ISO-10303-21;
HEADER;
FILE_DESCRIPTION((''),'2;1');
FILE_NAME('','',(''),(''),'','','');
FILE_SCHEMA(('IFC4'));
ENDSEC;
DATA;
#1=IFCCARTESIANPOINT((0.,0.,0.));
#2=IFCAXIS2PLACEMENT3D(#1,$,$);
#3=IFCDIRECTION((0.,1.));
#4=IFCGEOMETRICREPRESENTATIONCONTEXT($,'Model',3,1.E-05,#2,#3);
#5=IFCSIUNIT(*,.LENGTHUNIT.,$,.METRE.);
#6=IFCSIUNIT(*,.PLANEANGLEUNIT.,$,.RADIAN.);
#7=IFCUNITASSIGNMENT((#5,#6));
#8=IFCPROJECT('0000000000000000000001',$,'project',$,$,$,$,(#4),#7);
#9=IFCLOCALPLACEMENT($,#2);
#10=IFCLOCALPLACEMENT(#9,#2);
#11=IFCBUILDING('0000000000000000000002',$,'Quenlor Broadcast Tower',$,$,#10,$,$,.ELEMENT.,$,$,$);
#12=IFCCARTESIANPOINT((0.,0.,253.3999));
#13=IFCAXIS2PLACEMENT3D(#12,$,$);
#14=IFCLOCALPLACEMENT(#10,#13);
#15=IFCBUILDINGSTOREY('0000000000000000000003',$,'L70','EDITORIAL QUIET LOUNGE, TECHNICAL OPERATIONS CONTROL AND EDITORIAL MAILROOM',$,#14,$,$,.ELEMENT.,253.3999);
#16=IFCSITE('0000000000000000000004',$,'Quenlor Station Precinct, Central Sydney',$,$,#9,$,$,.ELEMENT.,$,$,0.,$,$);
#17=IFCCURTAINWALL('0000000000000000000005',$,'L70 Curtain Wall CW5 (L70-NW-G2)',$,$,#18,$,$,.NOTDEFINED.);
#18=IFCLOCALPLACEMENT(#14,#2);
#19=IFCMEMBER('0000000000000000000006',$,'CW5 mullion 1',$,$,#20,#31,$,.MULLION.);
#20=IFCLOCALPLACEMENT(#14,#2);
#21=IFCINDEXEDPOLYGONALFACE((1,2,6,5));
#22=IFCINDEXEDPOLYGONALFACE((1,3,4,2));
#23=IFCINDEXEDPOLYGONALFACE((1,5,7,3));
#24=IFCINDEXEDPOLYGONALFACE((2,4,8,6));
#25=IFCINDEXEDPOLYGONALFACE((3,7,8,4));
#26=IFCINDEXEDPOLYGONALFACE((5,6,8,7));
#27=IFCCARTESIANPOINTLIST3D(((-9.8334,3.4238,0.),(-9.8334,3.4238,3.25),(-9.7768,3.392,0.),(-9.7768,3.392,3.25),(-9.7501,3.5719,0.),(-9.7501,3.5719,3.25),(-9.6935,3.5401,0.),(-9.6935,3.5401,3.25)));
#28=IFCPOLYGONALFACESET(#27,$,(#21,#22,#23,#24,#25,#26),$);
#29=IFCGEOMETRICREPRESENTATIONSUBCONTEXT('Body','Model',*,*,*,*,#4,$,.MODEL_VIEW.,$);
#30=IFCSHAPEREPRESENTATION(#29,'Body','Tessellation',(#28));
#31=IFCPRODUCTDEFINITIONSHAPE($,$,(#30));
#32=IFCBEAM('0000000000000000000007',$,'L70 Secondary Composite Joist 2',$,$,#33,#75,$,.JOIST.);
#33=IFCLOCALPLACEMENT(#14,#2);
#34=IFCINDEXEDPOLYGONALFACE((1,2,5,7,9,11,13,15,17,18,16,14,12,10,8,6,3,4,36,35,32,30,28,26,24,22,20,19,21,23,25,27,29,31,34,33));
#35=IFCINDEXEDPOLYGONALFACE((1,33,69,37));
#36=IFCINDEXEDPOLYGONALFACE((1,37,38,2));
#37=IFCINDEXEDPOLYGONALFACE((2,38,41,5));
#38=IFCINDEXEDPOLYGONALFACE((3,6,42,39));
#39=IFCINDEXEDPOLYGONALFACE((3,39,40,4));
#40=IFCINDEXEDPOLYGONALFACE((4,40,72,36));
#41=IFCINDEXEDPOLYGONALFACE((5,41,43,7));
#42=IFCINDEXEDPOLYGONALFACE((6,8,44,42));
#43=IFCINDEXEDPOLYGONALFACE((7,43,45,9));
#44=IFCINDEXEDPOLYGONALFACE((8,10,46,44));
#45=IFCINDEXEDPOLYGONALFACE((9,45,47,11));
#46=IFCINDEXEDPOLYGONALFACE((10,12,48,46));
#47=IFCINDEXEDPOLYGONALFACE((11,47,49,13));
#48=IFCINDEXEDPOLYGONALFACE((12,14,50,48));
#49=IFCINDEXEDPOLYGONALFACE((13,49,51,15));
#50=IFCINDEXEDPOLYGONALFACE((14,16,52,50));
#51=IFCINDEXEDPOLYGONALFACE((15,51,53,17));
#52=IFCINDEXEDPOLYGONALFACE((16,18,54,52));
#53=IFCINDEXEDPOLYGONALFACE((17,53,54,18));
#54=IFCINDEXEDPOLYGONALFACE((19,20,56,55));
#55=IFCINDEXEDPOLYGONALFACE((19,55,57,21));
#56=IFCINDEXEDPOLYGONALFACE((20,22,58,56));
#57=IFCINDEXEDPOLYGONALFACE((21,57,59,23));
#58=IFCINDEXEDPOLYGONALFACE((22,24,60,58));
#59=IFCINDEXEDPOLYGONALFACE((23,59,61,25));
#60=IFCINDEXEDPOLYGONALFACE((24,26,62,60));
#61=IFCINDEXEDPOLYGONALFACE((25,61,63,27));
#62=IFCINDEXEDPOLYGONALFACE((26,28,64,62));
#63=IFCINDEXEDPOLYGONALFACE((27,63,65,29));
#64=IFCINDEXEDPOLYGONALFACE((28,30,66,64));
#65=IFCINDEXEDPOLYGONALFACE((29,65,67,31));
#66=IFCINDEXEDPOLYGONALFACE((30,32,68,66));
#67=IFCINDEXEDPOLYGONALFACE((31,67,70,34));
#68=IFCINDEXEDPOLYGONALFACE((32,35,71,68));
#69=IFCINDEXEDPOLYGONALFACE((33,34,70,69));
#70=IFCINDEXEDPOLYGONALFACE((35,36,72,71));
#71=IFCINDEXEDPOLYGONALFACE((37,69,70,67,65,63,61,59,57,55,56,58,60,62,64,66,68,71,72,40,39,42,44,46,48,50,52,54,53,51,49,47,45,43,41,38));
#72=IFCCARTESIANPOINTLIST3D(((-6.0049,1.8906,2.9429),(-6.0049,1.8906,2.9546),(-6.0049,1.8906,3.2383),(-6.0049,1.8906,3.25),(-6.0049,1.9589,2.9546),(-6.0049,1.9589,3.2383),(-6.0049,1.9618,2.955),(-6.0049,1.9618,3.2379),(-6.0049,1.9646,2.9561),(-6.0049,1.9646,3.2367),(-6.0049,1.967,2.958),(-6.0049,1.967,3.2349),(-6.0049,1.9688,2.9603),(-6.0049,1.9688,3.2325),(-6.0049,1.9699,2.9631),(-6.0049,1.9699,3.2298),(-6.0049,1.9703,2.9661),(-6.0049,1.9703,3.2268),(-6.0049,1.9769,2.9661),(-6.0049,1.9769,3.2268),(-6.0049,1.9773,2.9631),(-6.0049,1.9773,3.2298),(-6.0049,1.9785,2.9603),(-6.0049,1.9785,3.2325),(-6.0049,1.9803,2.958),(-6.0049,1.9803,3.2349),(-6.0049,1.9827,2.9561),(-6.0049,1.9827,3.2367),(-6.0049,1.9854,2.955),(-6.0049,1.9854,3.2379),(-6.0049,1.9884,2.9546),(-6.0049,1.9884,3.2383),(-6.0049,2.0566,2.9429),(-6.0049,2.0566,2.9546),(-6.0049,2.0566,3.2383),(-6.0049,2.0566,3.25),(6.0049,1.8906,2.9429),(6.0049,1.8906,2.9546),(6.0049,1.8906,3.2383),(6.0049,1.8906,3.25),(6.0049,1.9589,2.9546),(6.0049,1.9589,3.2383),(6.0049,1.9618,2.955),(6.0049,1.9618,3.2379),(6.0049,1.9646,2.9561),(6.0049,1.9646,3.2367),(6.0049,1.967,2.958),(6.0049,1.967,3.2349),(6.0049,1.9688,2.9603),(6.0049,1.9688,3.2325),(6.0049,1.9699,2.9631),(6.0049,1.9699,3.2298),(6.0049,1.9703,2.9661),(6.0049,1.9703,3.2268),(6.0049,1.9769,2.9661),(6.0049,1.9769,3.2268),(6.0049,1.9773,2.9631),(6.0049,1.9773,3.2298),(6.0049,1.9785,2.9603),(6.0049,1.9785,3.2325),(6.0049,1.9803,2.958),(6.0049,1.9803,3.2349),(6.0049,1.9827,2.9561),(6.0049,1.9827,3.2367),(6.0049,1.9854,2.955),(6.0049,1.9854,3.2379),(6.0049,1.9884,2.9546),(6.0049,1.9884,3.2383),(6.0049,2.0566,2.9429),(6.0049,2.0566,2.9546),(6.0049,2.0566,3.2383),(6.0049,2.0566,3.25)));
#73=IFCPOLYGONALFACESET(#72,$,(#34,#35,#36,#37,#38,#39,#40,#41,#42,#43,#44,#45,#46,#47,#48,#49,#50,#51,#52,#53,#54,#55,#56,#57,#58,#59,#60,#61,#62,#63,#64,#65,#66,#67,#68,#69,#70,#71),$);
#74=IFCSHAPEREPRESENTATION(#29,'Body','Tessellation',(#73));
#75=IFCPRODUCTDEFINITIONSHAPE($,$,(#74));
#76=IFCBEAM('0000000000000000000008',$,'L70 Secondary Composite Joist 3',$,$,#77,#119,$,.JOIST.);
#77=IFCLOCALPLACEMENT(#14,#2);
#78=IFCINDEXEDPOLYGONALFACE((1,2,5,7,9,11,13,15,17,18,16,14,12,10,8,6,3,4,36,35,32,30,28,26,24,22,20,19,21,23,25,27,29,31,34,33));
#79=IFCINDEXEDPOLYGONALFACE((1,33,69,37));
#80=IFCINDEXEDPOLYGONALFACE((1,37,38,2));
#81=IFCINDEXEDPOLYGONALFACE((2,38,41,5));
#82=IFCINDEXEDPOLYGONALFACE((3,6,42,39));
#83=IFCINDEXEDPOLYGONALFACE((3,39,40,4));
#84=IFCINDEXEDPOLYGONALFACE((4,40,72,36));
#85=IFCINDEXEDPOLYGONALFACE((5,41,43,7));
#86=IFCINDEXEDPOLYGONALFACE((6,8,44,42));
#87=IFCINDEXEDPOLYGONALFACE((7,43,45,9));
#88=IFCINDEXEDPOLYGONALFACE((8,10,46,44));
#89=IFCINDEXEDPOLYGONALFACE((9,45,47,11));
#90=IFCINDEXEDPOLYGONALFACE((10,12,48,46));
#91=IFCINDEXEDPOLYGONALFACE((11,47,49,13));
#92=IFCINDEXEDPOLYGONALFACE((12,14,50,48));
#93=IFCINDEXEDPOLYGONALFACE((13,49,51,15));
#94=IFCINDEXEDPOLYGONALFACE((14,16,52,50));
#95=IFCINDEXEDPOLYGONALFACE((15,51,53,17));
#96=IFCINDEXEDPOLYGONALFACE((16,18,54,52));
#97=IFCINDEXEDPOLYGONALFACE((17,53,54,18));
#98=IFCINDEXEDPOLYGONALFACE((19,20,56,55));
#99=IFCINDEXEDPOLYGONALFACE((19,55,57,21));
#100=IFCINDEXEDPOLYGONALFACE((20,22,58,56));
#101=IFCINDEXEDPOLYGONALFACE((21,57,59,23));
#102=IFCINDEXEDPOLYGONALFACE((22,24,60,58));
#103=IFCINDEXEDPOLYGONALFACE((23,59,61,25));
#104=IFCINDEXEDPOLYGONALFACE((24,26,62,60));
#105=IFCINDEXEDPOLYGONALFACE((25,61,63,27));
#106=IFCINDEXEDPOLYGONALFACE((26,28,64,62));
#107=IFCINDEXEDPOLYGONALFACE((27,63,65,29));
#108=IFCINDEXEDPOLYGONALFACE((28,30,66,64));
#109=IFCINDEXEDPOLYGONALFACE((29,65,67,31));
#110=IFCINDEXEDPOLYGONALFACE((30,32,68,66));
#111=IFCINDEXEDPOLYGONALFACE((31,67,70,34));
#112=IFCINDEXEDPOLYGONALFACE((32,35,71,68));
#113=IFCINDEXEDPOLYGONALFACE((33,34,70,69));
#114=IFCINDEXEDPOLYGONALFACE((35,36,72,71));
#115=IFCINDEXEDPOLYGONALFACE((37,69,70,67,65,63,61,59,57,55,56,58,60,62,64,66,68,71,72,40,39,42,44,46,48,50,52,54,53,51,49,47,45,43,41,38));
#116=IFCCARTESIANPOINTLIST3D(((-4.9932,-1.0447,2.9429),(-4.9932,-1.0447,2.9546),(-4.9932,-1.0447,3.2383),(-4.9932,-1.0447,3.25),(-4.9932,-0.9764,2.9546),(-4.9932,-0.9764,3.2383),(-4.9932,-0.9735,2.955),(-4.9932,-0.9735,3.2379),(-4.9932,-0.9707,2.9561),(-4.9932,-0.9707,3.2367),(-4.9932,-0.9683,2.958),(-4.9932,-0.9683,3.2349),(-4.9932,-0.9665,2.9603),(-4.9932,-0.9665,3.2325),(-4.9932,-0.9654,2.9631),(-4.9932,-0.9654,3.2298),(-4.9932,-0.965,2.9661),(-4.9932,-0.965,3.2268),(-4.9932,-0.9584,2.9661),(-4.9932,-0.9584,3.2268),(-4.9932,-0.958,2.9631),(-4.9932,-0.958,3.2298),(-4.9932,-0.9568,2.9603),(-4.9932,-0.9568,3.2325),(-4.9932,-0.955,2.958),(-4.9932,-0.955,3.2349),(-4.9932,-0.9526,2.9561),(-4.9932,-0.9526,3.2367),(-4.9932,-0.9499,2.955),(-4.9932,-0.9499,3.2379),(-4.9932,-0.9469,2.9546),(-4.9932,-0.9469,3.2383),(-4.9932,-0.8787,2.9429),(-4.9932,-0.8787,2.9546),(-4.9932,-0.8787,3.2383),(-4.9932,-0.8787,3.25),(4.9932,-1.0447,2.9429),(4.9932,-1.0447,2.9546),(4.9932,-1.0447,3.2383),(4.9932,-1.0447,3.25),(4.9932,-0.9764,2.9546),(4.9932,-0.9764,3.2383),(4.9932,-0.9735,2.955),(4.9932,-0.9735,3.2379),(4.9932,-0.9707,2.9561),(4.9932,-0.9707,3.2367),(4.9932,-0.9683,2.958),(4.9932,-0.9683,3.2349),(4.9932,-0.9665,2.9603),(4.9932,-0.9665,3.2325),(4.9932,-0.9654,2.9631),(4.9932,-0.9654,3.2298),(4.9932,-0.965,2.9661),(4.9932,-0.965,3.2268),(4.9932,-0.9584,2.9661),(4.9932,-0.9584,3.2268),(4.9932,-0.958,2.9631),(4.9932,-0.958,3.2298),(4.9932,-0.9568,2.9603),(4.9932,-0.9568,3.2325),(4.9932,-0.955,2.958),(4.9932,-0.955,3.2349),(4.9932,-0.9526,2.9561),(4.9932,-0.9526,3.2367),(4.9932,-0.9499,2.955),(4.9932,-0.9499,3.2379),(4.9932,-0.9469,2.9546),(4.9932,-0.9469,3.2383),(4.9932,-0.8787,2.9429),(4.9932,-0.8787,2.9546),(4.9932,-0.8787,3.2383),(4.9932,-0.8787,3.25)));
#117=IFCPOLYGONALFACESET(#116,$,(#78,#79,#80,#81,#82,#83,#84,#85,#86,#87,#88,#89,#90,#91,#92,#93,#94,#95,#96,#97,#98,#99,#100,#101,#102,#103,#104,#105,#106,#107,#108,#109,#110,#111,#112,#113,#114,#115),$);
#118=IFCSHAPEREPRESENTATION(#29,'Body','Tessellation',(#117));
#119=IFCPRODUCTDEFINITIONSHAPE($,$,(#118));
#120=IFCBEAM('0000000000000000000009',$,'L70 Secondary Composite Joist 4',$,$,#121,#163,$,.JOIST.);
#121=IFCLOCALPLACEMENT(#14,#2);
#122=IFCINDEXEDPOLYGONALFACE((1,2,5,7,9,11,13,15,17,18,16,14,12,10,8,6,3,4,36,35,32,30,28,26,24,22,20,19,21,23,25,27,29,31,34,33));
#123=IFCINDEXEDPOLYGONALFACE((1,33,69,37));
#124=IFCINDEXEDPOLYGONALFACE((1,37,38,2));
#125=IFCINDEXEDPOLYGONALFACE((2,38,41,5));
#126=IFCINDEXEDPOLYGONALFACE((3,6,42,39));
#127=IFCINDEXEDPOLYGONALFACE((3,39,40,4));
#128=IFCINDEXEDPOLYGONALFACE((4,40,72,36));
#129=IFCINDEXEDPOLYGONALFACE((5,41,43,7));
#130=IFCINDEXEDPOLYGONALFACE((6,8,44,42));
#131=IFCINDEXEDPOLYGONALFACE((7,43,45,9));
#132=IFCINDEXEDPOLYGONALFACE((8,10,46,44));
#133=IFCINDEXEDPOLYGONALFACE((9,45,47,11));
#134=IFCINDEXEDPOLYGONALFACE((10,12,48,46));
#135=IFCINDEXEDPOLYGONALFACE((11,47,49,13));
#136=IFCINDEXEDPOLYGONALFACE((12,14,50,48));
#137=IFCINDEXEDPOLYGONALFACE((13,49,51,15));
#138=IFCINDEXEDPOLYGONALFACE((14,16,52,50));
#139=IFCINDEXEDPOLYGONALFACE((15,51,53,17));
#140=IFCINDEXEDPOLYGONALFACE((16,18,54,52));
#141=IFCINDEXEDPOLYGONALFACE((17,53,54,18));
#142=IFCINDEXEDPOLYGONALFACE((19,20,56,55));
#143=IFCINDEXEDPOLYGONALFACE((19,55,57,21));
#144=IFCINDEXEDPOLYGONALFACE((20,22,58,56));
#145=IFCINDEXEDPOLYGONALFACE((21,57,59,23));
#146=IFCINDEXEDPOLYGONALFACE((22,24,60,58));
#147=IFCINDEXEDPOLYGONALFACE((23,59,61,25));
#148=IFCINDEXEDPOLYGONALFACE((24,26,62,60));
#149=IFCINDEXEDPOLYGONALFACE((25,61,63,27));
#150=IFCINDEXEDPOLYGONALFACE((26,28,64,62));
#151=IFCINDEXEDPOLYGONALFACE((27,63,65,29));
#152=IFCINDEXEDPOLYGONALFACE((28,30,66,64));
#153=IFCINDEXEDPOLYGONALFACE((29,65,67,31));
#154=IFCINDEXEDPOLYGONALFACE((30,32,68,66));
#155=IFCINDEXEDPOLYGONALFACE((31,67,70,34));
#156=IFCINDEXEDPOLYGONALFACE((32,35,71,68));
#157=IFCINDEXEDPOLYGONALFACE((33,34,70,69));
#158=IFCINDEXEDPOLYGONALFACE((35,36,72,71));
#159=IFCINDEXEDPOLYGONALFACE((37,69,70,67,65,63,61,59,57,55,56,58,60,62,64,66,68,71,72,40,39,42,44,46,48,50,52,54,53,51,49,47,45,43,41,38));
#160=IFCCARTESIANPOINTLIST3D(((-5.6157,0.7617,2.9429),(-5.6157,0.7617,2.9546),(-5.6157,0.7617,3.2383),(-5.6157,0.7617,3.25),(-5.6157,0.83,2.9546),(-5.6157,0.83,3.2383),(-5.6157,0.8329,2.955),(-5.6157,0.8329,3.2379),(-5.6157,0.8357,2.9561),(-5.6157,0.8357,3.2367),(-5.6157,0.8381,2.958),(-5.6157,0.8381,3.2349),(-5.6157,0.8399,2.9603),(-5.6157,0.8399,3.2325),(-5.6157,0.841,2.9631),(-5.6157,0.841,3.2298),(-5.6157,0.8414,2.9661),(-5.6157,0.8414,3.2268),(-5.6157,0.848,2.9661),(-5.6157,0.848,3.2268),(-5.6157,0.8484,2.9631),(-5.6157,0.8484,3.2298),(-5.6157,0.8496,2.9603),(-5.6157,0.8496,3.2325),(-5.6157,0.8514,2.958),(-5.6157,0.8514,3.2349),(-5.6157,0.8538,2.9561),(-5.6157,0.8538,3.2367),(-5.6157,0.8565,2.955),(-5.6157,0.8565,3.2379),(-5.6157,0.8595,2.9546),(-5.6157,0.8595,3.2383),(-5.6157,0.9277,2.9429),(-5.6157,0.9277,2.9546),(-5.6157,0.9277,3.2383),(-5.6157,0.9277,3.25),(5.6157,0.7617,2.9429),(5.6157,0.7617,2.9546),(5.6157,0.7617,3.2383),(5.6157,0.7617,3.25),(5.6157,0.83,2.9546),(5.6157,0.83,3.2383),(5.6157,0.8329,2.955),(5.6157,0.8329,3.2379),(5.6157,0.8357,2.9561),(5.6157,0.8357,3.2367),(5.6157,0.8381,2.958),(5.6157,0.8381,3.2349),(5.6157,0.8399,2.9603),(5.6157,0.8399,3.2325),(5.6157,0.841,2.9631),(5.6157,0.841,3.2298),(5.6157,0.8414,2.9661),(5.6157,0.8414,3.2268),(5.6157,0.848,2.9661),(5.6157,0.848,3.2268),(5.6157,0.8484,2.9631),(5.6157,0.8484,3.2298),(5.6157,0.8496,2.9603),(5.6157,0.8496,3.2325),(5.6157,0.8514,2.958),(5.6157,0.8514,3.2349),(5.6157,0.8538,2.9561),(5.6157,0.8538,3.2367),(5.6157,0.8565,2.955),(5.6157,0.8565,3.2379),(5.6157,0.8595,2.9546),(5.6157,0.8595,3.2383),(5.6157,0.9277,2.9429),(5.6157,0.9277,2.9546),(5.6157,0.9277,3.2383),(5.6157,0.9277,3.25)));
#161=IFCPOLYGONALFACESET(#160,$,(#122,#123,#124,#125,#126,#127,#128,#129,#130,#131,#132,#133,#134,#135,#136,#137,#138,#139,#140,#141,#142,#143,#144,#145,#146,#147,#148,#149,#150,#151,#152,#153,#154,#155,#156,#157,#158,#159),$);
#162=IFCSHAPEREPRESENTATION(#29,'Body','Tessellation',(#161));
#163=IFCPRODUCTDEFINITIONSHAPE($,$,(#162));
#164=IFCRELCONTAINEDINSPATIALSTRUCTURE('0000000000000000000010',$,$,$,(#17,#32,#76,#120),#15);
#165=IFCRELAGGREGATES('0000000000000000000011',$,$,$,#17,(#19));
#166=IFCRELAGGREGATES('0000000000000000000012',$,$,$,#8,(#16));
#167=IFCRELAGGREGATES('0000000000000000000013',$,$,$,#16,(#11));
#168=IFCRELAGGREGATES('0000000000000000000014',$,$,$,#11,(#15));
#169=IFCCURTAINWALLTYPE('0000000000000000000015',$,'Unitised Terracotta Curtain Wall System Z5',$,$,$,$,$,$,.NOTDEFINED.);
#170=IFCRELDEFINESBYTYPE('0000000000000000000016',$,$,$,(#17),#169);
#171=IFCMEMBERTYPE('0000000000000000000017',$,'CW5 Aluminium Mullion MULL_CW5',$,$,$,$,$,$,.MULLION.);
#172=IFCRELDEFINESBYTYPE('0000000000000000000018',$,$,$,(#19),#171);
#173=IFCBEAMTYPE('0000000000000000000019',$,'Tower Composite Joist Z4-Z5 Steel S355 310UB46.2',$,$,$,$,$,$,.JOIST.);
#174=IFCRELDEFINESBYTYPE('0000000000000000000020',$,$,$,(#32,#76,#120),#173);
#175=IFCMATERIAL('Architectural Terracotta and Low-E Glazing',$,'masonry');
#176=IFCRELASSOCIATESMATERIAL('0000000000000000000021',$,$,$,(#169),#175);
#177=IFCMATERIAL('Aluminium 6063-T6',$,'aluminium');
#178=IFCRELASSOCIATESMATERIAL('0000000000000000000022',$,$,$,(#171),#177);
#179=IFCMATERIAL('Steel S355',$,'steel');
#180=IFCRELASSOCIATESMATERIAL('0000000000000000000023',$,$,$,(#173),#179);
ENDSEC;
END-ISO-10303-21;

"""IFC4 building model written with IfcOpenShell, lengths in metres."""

from ifc_helpers import new_model, si_unit, direction, frame, origin, origin_2d, place, context, subcontext, project, spatial, rectangle, i_section, extrude, material, material_profile, profile_set, type_object, element, aggregate, save


model = new_model("IFC4")

# Units and contexts
model_context = context("Model", 3, precision=1e-05, world=origin(), true_north=direction((0.0, 1.0)))
body_context = subcontext(model_context, "Body", "Model", "MODEL_VIEW")
ifc_project = project(units=[si_unit("LENGTHUNIT", "METRE"), si_unit("PLANEANGLEUNIT", "RADIAN")], contexts=[model_context])

# Site, building, storey
site_placement = place(None, origin())
site = spatial("IfcSite", under=ifc_project, at=site_placement, Name="Quenlor Station Precinct, Central Sydney", CompositionType="ELEMENT", RefElevation=0.0)
building_placement = place(site_placement, origin())
building = spatial("IfcBuilding", under=site, at=building_placement, Name="Quenlor Broadcast Tower", CompositionType="ELEMENT")
storey_placement = place(building_placement, frame((0.0, 0.0, 253.3999)))
storey = spatial("IfcBuildingStorey", under=building, at=storey_placement, Name="L70", Description="EDITORIAL QUIET LOUNGE, TECHNICAL OPERATIONS CONTROL AND EDITORIAL MAILROOM", CompositionType="ELEMENT", Elevation=253.3999)

# Curtain wall, member
ifc_material_1 = material(Name="Architectural Terracotta and Low-E Glazing", Category="masonry")
curtain_wall_type = type_object("IfcCurtainWallType", Name="Unitised Terracotta Curtain Wall System Z5", PredefinedType="NOTDEFINED", material=ifc_material_1)
curtain_wall_placement = place(storey_placement, origin())
curtain_wall = element("IfcCurtainWall", 1, at=curtain_wall_placement, inside=storey, type_object=curtain_wall_type, Name="L70 Curtain Wall CW5 (L70-NW-G2)", PredefinedType="NOTDEFINED")
ifc_material_2 = material(Name="Aluminium 6063-T6", Category="aluminium")
ifc_material_profile_1 = material_profile(ifc_material_2, rectangle(XDim=0.0649, YDim=0.1699, at=origin_2d()))
ifc_profile_set_1 = profile_set([ifc_material_profile_1], Name="Aluminium 6063-T6 MULL65x170")
member_type = type_object("IfcMemberType", Name="CW5 Aluminium Mullion MULL_CW5", PredefinedType="MULLION", material=ifc_profile_set_1)
member_placement = place(storey_placement, frame((-9.7634, 3.4819, 0.0), z_axis=(0.0, 0.0, 1.0), x_axis=(-0.871575, 0.490263, 0.0)))
member = element("IfcMember", 2, at=member_placement, type_object=member_type, Name="CW5 mullion 1", PredefinedType="MULLION", context=body_context, shape_type="SweptSolid", body=[
    extrude(rectangle(XDim=0.0649, YDim=0.1699, at=origin_2d()), origin(), (0.0, 0.0, 1.0), 3.25),
])
aggregate(curtain_wall, [member])

# Beams
ifc_material_3 = material(Name="Steel S355", Category="steel")
ifc_material_profile_2 = material_profile(ifc_material_3, i_section(OverallWidth=0.166, OverallDepth=0.3071, WebThickness=0.0066, FlangeThickness=0.0117, FilletRadius=0.0115, at=origin_2d()))
ifc_profile_set_2 = profile_set([ifc_material_profile_2], Name="Steel S355 310UB46.2")
beam_type = type_object("IfcBeamType", Name="Tower Composite Joist Z4-Z5 Steel S355 310UB46.2", PredefinedType="JOIST", material=ifc_profile_set_2)
beam_1_placement = place(storey_placement, frame((-6.0049, 1.9736, 3.0964), z_axis=(1.0, 0.0, 0.0), x_axis=(0.0, 1.0, 0.0)))
element("IfcBeam", 3, at=beam_1_placement, inside=storey, type_object=beam_type, Name="L70 Secondary Composite Joist 2", PredefinedType="JOIST", context=body_context, shape_type="SweptSolid", body=[
    extrude(i_section(OverallWidth=0.166, OverallDepth=0.3071, WebThickness=0.0066, FlangeThickness=0.0117, FilletRadius=0.0115, at=origin_2d()), origin(), (0.0, 0.0, 1.0), 12.0098),
])
beam_2_placement = place(storey_placement, frame((-4.9932, -0.9617, 3.0964), z_axis=(1.0, 0.0, 0.0), x_axis=(0.0, 1.0, 0.0)))
element("IfcBeam", 4, at=beam_2_placement, inside=storey, type_object=beam_type, Name="L70 Secondary Composite Joist 3", PredefinedType="JOIST", context=body_context, shape_type="SweptSolid", body=[
    extrude(i_section(OverallWidth=0.166, OverallDepth=0.3071, WebThickness=0.0066, FlangeThickness=0.0117, FilletRadius=0.0115, at=origin_2d()), origin(), (0.0, 0.0, 1.0), 9.9863),
])
beam_3_placement = place(storey_placement, frame((-5.6157, 0.8447, 3.0964), z_axis=(1.0, 0.0, 0.0), x_axis=(0.0, 1.0, 0.0)))
element("IfcBeam", 5, at=beam_3_placement, inside=storey, type_object=beam_type, Name="L70 Secondary Composite Joist 4", PredefinedType="JOIST", context=body_context, shape_type="SweptSolid", body=[
    extrude(i_section(OverallWidth=0.166, OverallDepth=0.3071, WebThickness=0.0066, FlangeThickness=0.0117, FilletRadius=0.0115, at=origin_2d()), origin(), (0.0, 0.0, 1.0), 11.2314),
])

save(model, "model.ifc")
